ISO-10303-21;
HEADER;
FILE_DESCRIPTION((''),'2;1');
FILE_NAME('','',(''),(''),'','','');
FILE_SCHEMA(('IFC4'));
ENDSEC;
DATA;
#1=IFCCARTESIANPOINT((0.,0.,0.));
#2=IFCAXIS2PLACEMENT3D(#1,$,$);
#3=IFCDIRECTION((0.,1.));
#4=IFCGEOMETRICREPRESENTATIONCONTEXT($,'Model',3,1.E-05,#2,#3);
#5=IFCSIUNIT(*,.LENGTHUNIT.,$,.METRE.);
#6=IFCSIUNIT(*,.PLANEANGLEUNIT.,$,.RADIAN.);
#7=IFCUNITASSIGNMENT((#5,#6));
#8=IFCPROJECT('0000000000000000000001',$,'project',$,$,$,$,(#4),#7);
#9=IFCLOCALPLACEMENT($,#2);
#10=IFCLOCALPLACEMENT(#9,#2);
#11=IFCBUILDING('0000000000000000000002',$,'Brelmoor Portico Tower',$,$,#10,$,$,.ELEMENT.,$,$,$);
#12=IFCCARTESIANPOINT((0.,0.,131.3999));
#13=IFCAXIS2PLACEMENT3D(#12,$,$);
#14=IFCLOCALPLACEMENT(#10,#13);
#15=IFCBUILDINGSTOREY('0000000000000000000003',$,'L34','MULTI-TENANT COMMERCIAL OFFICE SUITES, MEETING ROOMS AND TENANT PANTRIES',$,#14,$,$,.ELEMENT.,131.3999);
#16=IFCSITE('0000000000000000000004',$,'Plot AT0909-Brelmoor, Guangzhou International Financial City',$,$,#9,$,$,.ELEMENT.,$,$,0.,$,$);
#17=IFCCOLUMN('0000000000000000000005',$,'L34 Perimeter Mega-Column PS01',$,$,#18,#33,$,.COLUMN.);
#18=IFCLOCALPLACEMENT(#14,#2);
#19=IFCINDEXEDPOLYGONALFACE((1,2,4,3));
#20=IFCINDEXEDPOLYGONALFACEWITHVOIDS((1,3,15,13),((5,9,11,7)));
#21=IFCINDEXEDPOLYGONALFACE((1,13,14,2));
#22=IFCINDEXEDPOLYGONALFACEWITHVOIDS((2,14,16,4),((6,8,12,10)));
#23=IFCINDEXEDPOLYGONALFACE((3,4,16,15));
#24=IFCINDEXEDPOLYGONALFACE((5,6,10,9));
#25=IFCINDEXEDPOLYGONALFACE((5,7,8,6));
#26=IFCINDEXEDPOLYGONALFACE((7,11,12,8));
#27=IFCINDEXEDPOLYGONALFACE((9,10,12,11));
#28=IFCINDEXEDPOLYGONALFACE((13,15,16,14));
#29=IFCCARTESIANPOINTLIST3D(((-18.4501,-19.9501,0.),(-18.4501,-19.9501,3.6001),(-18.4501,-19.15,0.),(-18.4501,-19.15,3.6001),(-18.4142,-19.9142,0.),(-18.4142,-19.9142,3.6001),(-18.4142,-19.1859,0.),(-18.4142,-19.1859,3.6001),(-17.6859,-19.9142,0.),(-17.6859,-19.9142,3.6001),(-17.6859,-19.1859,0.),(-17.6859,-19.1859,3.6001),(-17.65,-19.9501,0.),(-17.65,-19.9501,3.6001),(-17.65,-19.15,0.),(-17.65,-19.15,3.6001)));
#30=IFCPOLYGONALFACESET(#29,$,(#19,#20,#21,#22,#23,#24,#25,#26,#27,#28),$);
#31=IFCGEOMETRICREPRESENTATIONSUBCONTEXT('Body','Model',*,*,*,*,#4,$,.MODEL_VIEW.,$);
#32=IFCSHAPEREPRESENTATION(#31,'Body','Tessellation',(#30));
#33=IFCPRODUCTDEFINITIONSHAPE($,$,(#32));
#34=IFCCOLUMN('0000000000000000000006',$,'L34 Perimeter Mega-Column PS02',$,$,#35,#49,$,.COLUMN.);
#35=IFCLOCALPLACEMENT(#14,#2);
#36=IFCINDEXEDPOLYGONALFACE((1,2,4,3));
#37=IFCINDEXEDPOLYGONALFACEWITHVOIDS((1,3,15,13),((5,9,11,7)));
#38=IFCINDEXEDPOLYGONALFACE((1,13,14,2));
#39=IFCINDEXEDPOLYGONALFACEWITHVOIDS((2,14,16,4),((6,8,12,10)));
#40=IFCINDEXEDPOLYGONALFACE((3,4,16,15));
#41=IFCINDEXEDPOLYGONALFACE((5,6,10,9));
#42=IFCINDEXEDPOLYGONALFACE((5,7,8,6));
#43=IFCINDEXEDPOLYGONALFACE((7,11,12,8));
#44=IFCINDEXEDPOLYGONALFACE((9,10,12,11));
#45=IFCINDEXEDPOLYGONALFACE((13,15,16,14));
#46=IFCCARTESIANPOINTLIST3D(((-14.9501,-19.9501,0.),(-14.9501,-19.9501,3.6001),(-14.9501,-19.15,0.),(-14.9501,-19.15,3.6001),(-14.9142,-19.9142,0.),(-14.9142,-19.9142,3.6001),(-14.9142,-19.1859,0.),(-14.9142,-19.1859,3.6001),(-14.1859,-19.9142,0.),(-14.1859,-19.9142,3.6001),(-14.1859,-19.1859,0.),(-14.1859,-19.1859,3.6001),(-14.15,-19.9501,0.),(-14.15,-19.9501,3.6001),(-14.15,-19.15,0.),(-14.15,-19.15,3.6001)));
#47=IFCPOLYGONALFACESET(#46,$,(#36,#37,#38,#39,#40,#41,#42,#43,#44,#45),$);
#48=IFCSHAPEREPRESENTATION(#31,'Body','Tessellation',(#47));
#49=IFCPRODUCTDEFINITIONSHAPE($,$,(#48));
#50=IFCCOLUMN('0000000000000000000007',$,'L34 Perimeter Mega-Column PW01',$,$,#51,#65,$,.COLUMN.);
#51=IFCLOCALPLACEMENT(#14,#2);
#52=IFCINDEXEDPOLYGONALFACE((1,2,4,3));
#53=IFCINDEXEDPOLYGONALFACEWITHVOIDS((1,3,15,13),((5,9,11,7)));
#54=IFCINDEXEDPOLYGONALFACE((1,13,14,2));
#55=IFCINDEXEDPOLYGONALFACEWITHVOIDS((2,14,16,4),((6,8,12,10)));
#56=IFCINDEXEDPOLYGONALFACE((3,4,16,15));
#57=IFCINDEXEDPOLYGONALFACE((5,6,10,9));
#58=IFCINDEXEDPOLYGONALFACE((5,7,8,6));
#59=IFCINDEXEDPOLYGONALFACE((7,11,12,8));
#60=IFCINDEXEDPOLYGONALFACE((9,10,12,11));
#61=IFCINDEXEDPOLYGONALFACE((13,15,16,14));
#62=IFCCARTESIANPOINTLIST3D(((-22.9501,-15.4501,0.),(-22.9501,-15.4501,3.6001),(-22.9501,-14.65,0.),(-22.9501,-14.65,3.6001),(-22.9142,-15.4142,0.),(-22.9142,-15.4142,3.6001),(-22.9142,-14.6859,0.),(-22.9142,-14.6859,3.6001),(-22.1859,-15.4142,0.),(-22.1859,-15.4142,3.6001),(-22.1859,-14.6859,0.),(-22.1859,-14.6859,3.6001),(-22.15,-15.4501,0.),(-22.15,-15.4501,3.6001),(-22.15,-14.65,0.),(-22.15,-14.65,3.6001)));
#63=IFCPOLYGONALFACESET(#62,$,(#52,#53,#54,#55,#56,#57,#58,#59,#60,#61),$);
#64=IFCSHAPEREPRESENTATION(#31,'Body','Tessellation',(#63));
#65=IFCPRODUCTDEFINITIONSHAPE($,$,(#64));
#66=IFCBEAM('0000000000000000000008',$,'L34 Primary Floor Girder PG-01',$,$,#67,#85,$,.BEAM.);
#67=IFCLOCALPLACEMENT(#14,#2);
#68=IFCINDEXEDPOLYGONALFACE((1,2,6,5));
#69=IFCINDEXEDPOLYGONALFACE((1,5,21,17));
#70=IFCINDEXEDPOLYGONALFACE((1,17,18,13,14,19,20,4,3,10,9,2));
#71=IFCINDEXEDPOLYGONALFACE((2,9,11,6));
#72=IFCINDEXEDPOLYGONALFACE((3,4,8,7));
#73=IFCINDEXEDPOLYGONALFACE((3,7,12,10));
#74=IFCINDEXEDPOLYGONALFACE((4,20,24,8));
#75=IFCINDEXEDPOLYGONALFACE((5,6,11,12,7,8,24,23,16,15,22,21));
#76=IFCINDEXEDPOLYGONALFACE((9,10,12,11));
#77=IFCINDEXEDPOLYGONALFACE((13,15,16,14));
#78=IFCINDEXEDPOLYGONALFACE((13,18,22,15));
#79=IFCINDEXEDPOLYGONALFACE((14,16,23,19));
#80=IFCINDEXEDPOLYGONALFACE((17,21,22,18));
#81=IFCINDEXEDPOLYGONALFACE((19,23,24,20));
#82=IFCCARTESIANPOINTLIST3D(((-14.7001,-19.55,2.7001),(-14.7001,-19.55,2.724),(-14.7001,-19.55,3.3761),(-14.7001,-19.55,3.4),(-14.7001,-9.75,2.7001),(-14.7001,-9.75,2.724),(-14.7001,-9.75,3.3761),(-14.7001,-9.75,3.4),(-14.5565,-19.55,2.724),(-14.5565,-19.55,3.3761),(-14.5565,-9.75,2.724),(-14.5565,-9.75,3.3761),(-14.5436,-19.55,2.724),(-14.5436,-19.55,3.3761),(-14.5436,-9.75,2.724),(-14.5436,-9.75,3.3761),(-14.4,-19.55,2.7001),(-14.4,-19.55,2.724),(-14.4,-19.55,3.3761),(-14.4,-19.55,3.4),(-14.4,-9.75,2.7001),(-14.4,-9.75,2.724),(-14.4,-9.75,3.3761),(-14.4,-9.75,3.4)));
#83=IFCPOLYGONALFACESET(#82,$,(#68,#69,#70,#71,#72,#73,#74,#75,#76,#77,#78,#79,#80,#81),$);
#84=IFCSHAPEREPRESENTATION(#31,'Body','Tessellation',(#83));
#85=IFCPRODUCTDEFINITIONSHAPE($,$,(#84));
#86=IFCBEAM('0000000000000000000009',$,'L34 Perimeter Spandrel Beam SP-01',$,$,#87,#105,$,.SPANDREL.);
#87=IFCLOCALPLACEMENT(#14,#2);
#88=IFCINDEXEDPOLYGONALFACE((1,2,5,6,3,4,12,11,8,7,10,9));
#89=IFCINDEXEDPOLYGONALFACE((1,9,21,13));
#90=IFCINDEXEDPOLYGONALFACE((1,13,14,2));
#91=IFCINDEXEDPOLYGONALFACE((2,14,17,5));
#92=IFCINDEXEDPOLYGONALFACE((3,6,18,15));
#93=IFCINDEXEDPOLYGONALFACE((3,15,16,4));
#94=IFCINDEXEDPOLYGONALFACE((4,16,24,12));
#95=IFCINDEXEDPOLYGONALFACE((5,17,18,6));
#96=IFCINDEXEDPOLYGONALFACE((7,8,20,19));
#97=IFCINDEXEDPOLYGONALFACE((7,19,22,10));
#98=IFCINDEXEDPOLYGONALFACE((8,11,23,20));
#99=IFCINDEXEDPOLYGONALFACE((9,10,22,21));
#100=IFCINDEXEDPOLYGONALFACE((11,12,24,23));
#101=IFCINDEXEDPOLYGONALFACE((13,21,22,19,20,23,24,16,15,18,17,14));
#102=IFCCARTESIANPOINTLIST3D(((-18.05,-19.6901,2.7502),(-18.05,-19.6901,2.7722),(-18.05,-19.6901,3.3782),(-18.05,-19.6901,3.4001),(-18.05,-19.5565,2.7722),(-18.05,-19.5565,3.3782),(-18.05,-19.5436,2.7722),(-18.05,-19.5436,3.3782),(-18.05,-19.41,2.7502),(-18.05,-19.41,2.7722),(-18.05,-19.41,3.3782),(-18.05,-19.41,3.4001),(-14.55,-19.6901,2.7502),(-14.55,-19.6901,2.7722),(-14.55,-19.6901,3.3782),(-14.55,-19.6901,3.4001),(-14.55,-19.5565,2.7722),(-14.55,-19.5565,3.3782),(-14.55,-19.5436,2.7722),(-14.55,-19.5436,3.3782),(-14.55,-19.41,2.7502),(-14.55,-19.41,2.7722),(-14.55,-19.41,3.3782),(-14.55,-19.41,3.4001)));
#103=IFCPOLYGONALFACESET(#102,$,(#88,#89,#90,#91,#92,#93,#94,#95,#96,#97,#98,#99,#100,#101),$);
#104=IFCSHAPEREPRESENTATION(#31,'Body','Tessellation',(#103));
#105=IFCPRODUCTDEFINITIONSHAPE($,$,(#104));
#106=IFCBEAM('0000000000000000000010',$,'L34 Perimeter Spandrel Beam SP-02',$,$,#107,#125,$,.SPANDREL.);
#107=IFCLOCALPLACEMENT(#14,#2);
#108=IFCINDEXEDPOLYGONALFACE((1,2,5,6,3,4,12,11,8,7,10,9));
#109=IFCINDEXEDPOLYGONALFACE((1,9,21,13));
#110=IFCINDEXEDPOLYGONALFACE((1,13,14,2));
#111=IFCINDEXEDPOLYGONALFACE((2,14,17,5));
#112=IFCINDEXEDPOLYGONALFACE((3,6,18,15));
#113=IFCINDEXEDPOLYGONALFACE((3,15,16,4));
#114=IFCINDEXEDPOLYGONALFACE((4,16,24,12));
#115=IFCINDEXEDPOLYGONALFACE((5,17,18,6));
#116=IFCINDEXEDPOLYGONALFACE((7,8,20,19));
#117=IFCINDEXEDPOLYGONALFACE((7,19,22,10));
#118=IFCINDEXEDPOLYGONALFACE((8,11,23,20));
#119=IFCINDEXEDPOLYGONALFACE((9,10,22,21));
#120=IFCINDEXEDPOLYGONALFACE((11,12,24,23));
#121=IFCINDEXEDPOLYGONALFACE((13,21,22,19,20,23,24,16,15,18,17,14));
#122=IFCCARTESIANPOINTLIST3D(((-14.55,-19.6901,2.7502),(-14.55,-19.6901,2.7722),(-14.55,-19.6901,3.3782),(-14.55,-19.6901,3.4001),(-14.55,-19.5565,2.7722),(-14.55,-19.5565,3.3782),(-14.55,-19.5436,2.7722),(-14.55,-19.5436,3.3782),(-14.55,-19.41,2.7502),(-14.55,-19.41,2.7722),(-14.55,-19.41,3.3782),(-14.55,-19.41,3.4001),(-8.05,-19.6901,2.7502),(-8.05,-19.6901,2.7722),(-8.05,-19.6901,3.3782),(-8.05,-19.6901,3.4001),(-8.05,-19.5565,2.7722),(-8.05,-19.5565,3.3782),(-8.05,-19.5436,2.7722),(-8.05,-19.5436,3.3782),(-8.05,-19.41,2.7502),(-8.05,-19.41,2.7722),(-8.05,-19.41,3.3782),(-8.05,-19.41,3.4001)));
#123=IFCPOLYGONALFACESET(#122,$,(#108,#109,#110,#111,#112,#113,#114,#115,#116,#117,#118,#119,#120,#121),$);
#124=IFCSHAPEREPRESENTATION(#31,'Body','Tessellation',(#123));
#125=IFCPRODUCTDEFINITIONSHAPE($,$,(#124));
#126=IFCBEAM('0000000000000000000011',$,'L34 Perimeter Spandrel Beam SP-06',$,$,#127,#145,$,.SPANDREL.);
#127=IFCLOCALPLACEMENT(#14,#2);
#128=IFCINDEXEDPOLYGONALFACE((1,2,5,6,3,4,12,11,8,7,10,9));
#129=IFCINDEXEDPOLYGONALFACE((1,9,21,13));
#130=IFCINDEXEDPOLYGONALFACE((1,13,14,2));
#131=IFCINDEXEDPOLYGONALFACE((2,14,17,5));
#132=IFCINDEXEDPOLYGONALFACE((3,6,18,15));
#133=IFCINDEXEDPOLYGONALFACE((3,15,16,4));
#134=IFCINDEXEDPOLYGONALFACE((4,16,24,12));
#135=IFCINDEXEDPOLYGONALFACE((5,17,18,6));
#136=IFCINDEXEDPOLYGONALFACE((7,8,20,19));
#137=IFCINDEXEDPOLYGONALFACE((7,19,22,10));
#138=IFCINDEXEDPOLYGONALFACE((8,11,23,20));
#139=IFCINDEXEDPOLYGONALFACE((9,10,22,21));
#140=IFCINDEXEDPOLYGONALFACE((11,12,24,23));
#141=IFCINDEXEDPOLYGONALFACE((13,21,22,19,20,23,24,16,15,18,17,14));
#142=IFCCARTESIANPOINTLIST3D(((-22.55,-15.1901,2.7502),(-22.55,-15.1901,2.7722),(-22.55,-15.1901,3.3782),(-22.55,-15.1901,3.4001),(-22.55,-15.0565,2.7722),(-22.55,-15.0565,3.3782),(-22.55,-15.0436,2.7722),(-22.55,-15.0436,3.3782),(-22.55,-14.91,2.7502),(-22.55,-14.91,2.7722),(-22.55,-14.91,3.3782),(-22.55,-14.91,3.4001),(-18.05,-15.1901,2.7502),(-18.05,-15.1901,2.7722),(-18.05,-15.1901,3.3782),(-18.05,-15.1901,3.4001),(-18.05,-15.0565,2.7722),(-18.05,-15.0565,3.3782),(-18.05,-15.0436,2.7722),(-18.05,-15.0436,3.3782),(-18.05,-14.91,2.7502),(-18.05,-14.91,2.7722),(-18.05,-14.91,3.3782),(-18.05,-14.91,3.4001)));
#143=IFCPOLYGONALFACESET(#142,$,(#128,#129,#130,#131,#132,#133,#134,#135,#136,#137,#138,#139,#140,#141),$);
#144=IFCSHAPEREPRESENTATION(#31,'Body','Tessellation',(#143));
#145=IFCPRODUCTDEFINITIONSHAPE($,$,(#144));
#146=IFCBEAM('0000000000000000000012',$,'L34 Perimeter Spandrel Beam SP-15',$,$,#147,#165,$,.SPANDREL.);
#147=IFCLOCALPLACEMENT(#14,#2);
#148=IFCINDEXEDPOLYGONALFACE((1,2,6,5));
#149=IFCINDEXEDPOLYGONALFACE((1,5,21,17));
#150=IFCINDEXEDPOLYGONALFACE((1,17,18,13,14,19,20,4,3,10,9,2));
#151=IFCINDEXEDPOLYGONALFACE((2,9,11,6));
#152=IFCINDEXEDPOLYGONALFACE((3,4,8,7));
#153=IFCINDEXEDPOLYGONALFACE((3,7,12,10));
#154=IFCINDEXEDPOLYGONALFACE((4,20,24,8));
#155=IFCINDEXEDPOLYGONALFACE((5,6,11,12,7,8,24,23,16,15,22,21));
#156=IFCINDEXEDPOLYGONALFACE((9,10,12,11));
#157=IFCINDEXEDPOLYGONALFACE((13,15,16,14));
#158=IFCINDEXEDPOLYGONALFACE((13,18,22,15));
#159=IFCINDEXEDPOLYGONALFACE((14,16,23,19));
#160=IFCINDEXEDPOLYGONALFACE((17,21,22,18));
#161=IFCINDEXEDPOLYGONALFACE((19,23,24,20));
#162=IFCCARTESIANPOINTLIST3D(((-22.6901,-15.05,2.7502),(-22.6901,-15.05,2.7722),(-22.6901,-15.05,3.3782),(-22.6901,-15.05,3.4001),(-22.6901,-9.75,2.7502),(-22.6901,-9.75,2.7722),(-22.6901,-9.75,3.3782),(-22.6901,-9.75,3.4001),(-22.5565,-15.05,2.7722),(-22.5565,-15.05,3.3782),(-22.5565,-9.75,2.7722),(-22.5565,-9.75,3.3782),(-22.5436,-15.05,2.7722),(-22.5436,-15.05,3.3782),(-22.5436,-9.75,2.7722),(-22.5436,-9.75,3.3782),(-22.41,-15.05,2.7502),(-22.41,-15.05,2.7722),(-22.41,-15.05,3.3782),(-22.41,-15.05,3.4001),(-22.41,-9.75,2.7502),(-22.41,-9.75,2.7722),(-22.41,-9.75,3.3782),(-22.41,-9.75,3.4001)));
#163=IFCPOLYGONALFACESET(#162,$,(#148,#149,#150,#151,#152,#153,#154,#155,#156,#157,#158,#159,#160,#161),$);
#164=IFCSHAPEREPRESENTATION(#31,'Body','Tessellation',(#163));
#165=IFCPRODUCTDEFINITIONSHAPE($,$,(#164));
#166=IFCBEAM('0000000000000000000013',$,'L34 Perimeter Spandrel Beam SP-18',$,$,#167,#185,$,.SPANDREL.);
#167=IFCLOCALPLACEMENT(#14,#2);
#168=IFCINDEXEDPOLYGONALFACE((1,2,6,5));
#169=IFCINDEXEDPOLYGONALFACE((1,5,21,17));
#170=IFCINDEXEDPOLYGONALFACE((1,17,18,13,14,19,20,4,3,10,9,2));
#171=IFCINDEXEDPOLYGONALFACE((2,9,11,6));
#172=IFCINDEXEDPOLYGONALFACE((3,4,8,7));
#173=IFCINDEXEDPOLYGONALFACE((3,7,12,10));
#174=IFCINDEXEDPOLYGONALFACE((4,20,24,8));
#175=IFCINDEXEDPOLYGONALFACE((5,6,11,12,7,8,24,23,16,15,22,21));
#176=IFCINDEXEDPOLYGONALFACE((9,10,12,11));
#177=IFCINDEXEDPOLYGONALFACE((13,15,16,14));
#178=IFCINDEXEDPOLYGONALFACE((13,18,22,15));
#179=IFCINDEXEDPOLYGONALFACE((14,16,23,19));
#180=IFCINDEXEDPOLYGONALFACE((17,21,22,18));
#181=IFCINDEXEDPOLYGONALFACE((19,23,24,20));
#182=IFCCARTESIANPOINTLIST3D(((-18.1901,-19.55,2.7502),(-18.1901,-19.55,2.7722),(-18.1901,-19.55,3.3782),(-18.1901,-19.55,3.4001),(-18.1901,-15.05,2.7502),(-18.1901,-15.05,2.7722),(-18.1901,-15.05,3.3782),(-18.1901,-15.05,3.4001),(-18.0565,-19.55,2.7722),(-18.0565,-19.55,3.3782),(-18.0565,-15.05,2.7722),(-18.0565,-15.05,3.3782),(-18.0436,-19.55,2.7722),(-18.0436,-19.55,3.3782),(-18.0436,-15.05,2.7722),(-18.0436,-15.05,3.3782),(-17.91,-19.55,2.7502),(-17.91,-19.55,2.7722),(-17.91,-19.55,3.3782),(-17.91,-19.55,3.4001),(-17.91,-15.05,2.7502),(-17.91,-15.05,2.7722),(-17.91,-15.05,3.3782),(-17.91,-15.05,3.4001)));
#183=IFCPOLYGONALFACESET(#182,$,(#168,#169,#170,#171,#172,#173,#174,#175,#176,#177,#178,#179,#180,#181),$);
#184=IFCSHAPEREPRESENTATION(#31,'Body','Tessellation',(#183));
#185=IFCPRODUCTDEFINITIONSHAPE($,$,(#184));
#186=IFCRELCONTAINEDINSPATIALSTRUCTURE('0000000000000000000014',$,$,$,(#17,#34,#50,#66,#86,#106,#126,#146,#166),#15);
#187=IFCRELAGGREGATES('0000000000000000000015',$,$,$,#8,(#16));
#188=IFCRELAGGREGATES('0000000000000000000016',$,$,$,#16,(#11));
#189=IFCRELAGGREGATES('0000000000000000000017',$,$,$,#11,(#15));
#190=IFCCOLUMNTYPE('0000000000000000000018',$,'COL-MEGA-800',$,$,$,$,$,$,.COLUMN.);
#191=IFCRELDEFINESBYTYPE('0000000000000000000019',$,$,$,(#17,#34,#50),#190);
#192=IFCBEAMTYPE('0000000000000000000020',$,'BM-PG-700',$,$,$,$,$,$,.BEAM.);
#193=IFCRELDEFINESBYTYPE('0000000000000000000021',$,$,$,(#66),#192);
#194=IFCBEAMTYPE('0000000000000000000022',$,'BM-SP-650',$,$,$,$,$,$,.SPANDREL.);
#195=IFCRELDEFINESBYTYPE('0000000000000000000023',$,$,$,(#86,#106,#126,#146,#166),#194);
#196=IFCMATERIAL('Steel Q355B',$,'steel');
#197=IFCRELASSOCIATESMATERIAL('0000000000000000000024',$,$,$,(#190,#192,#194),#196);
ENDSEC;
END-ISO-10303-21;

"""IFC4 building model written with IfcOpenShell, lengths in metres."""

from ifc_helpers import new_model, si_unit, direction, frame, origin, origin_2d, place, context, subcontext, project, spatial, hollow_rectangle, i_section, extrude, material, material_profile, profile_set, type_object, element, save


model = new_model("IFC4")

# Units and contexts
model_context = context("Model", 3, precision=1e-05, world=origin(), true_north=direction((0.0, 1.0)))
body_context = subcontext(model_context, "Body", "Model", "MODEL_VIEW")
ifc_project = project(units=[si_unit("LENGTHUNIT", "METRE"), si_unit("PLANEANGLEUNIT", "RADIAN")], contexts=[model_context])

# Site, building, storey
site_placement = place(None, origin())
site = spatial("IfcSite", under=ifc_project, at=site_placement, Name="Plot AT0909-Brelmoor, Guangzhou International Financial City", CompositionType="ELEMENT", RefElevation=0.0)
building_placement = place(site_placement, origin())
building = spatial("IfcBuilding", under=site, at=building_placement, Name="Brelmoor Portico Tower", CompositionType="ELEMENT")
storey_placement = place(building_placement, frame((0.0, 0.0, 131.3999)))
storey = spatial("IfcBuildingStorey", under=building, at=storey_placement, Name="L34", Description="MULTI-TENANT COMMERCIAL OFFICE SUITES, MEETING ROOMS AND TENANT PANTRIES", CompositionType="ELEMENT", Elevation=131.3999)

# Columns
ifc_material_1 = material(Name="Steel Q355B", Category="steel")
ifc_material_profile_1 = material_profile(ifc_material_1, hollow_rectangle(XDim=0.8, YDim=0.8, WallThickness=0.0359, at=origin_2d()), Name="BOX 800x800x36")
ifc_profile_set_1 = profile_set([ifc_material_profile_1], Name="Steel Q355B")
column_type = type_object("IfcColumnType", Name="COL-MEGA-800", PredefinedType="COLUMN", material=ifc_profile_set_1)
for number, where, z_axis, x_axis, name in (
    (1, (-18.05, -19.55, 0.0), (0.0, 0.0, 1.0), (1.0, 0.0, 0.0), "L34 Perimeter Mega-Column PS01"),
    (2, (-14.55, -19.55, 0.0), (0.0, 0.0, 1.0), (1.0, 0.0, 0.0), "L34 Perimeter Mega-Column PS02"),
    (3, (-22.55, -15.05, 0.0), (0.0, 0.0, 1.0), (0.0, 1.0, 0.0), "L34 Perimeter Mega-Column PW01"),
):
    element("IfcColumn", number, at=place(storey_placement, frame(where, z_axis=z_axis, x_axis=x_axis)), inside=storey, type_object=column_type, Name=name, PredefinedType="COLUMN", context=body_context, shape_type="SweptSolid", body=[
        extrude(hollow_rectangle(XDim=0.8, YDim=0.8, WallThickness=0.0359, at=origin_2d()), origin(), (0.0, 0.0, 1.0), 3.6001),
    ])

# Beams
ifc_material_profile_2 = material_profile(ifc_material_1, i_section(OverallWidth=0.3, OverallDepth=0.7, WebThickness=0.0129, FlangeThickness=0.0239, at=origin_2d()), Name="HN 700x300x13x24")
ifc_profile_set_2 = profile_set([ifc_material_profile_2], Name="Steel Q355B")
beam_type_1 = type_object("IfcBeamType", Name="BM-PG-700", PredefinedType="BEAM", material=ifc_profile_set_2)
beam_1_placement = place(storey_placement, frame((-14.55, -19.55, 3.05), z_axis=(0.0, 1.0, 0.0), x_axis=(-1.0, 0.0, 0.0)))
element("IfcBeam", 4, at=beam_1_placement, inside=storey, type_object=beam_type_1, Name="L34 Primary Floor Girder PG-01", PredefinedType="BEAM", context=body_context, shape_type="SweptSolid", body=[
    extrude(i_section(OverallWidth=0.3, OverallDepth=0.7, WebThickness=0.0129, FlangeThickness=0.0239, at=origin_2d()), origin(), (0.0, 0.0, 1.0), 9.8),
])
ifc_material_profile_3 = material_profile(ifc_material_1, i_section(OverallWidth=0.28, OverallDepth=0.6499, WebThickness=0.0129, FlangeThickness=0.022, at=origin_2d()), Name="HN 650x280x13x22")
ifc_profile_set_3 = profile_set([ifc_material_profile_3], Name="Steel Q355B")
beam_type_2 = type_object("IfcBeamType", Name="BM-SP-650", PredefinedType="SPANDREL", material=ifc_profile_set_3)
beam_2_placement = place(storey_placement, frame((-18.05, -19.55, 3.0752), z_axis=(1.0, 0.0, 0.0), x_axis=(0.0, 1.0, 0.0)))
element("IfcBeam", 5, at=beam_2_placement, inside=storey, type_object=beam_type_2, Name="L34 Perimeter Spandrel Beam SP-01", PredefinedType="SPANDREL", context=body_context, shape_type="SweptSolid", body=[
    extrude(i_section(OverallWidth=0.28, OverallDepth=0.6499, WebThickness=0.0129, FlangeThickness=0.022, at=origin_2d()), origin(), (0.0, 0.0, 1.0), 3.5),
])
beam_3_placement = place(storey_placement, frame((-14.55, -19.55, 3.0752), z_axis=(1.0, 0.0, 0.0), x_axis=(0.0, 1.0, 0.0)))
element("IfcBeam", 6, at=beam_3_placement, inside=storey, type_object=beam_type_2, Name="L34 Perimeter Spandrel Beam SP-02", PredefinedType="SPANDREL", context=body_context, shape_type="SweptSolid", body=[
    extrude(i_section(OverallWidth=0.28, OverallDepth=0.6499, WebThickness=0.0129, FlangeThickness=0.022, at=origin_2d()), origin(), (0.0, 0.0, 1.0), 6.5),
])
beam_4_placement = place(storey_placement, frame((-22.55, -15.05, 3.0752), z_axis=(1.0, 0.0, 0.0), x_axis=(0.0, 1.0, 0.0)))
element("IfcBeam", 7, at=beam_4_placement, inside=storey, type_object=beam_type_2, Name="L34 Perimeter Spandrel Beam SP-06", PredefinedType="SPANDREL", context=body_context, shape_type="SweptSolid", body=[
    extrude(i_section(OverallWidth=0.28, OverallDepth=0.6499, WebThickness=0.0129, FlangeThickness=0.022, at=origin_2d()), origin(), (0.0, 0.0, 1.0), 4.5),
])
beam_5_placement = place(storey_placement, frame((-22.55, -15.05, 3.0752), z_axis=(0.0, 1.0, 0.0), x_axis=(-1.0, 0.0, 0.0)))
element("IfcBeam", 8, at=beam_5_placement, inside=storey, type_object=beam_type_2, Name="L34 Perimeter Spandrel Beam SP-15", PredefinedType="SPANDREL", context=body_context, shape_type="SweptSolid", body=[
    extrude(i_section(OverallWidth=0.28, OverallDepth=0.6499, WebThickness=0.0129, FlangeThickness=0.022, at=origin_2d()), origin(), (0.0, 0.0, 1.0), 5.3),
])
beam_6_placement = place(storey_placement, frame((-18.05, -19.55, 3.0752), z_axis=(0.0, 1.0, 0.0), x_axis=(-1.0, 0.0, 0.0)))
element("IfcBeam", 9, at=beam_6_placement, inside=storey, type_object=beam_type_2, Name="L34 Perimeter Spandrel Beam SP-18", PredefinedType="SPANDREL", context=body_context, shape_type="SweptSolid", body=[
    extrude(i_section(OverallWidth=0.28, OverallDepth=0.6499, WebThickness=0.0129, FlangeThickness=0.022, at=origin_2d()), origin(), (0.0, 0.0, 1.0), 4.5),
])

save(model, "model.ifc")
